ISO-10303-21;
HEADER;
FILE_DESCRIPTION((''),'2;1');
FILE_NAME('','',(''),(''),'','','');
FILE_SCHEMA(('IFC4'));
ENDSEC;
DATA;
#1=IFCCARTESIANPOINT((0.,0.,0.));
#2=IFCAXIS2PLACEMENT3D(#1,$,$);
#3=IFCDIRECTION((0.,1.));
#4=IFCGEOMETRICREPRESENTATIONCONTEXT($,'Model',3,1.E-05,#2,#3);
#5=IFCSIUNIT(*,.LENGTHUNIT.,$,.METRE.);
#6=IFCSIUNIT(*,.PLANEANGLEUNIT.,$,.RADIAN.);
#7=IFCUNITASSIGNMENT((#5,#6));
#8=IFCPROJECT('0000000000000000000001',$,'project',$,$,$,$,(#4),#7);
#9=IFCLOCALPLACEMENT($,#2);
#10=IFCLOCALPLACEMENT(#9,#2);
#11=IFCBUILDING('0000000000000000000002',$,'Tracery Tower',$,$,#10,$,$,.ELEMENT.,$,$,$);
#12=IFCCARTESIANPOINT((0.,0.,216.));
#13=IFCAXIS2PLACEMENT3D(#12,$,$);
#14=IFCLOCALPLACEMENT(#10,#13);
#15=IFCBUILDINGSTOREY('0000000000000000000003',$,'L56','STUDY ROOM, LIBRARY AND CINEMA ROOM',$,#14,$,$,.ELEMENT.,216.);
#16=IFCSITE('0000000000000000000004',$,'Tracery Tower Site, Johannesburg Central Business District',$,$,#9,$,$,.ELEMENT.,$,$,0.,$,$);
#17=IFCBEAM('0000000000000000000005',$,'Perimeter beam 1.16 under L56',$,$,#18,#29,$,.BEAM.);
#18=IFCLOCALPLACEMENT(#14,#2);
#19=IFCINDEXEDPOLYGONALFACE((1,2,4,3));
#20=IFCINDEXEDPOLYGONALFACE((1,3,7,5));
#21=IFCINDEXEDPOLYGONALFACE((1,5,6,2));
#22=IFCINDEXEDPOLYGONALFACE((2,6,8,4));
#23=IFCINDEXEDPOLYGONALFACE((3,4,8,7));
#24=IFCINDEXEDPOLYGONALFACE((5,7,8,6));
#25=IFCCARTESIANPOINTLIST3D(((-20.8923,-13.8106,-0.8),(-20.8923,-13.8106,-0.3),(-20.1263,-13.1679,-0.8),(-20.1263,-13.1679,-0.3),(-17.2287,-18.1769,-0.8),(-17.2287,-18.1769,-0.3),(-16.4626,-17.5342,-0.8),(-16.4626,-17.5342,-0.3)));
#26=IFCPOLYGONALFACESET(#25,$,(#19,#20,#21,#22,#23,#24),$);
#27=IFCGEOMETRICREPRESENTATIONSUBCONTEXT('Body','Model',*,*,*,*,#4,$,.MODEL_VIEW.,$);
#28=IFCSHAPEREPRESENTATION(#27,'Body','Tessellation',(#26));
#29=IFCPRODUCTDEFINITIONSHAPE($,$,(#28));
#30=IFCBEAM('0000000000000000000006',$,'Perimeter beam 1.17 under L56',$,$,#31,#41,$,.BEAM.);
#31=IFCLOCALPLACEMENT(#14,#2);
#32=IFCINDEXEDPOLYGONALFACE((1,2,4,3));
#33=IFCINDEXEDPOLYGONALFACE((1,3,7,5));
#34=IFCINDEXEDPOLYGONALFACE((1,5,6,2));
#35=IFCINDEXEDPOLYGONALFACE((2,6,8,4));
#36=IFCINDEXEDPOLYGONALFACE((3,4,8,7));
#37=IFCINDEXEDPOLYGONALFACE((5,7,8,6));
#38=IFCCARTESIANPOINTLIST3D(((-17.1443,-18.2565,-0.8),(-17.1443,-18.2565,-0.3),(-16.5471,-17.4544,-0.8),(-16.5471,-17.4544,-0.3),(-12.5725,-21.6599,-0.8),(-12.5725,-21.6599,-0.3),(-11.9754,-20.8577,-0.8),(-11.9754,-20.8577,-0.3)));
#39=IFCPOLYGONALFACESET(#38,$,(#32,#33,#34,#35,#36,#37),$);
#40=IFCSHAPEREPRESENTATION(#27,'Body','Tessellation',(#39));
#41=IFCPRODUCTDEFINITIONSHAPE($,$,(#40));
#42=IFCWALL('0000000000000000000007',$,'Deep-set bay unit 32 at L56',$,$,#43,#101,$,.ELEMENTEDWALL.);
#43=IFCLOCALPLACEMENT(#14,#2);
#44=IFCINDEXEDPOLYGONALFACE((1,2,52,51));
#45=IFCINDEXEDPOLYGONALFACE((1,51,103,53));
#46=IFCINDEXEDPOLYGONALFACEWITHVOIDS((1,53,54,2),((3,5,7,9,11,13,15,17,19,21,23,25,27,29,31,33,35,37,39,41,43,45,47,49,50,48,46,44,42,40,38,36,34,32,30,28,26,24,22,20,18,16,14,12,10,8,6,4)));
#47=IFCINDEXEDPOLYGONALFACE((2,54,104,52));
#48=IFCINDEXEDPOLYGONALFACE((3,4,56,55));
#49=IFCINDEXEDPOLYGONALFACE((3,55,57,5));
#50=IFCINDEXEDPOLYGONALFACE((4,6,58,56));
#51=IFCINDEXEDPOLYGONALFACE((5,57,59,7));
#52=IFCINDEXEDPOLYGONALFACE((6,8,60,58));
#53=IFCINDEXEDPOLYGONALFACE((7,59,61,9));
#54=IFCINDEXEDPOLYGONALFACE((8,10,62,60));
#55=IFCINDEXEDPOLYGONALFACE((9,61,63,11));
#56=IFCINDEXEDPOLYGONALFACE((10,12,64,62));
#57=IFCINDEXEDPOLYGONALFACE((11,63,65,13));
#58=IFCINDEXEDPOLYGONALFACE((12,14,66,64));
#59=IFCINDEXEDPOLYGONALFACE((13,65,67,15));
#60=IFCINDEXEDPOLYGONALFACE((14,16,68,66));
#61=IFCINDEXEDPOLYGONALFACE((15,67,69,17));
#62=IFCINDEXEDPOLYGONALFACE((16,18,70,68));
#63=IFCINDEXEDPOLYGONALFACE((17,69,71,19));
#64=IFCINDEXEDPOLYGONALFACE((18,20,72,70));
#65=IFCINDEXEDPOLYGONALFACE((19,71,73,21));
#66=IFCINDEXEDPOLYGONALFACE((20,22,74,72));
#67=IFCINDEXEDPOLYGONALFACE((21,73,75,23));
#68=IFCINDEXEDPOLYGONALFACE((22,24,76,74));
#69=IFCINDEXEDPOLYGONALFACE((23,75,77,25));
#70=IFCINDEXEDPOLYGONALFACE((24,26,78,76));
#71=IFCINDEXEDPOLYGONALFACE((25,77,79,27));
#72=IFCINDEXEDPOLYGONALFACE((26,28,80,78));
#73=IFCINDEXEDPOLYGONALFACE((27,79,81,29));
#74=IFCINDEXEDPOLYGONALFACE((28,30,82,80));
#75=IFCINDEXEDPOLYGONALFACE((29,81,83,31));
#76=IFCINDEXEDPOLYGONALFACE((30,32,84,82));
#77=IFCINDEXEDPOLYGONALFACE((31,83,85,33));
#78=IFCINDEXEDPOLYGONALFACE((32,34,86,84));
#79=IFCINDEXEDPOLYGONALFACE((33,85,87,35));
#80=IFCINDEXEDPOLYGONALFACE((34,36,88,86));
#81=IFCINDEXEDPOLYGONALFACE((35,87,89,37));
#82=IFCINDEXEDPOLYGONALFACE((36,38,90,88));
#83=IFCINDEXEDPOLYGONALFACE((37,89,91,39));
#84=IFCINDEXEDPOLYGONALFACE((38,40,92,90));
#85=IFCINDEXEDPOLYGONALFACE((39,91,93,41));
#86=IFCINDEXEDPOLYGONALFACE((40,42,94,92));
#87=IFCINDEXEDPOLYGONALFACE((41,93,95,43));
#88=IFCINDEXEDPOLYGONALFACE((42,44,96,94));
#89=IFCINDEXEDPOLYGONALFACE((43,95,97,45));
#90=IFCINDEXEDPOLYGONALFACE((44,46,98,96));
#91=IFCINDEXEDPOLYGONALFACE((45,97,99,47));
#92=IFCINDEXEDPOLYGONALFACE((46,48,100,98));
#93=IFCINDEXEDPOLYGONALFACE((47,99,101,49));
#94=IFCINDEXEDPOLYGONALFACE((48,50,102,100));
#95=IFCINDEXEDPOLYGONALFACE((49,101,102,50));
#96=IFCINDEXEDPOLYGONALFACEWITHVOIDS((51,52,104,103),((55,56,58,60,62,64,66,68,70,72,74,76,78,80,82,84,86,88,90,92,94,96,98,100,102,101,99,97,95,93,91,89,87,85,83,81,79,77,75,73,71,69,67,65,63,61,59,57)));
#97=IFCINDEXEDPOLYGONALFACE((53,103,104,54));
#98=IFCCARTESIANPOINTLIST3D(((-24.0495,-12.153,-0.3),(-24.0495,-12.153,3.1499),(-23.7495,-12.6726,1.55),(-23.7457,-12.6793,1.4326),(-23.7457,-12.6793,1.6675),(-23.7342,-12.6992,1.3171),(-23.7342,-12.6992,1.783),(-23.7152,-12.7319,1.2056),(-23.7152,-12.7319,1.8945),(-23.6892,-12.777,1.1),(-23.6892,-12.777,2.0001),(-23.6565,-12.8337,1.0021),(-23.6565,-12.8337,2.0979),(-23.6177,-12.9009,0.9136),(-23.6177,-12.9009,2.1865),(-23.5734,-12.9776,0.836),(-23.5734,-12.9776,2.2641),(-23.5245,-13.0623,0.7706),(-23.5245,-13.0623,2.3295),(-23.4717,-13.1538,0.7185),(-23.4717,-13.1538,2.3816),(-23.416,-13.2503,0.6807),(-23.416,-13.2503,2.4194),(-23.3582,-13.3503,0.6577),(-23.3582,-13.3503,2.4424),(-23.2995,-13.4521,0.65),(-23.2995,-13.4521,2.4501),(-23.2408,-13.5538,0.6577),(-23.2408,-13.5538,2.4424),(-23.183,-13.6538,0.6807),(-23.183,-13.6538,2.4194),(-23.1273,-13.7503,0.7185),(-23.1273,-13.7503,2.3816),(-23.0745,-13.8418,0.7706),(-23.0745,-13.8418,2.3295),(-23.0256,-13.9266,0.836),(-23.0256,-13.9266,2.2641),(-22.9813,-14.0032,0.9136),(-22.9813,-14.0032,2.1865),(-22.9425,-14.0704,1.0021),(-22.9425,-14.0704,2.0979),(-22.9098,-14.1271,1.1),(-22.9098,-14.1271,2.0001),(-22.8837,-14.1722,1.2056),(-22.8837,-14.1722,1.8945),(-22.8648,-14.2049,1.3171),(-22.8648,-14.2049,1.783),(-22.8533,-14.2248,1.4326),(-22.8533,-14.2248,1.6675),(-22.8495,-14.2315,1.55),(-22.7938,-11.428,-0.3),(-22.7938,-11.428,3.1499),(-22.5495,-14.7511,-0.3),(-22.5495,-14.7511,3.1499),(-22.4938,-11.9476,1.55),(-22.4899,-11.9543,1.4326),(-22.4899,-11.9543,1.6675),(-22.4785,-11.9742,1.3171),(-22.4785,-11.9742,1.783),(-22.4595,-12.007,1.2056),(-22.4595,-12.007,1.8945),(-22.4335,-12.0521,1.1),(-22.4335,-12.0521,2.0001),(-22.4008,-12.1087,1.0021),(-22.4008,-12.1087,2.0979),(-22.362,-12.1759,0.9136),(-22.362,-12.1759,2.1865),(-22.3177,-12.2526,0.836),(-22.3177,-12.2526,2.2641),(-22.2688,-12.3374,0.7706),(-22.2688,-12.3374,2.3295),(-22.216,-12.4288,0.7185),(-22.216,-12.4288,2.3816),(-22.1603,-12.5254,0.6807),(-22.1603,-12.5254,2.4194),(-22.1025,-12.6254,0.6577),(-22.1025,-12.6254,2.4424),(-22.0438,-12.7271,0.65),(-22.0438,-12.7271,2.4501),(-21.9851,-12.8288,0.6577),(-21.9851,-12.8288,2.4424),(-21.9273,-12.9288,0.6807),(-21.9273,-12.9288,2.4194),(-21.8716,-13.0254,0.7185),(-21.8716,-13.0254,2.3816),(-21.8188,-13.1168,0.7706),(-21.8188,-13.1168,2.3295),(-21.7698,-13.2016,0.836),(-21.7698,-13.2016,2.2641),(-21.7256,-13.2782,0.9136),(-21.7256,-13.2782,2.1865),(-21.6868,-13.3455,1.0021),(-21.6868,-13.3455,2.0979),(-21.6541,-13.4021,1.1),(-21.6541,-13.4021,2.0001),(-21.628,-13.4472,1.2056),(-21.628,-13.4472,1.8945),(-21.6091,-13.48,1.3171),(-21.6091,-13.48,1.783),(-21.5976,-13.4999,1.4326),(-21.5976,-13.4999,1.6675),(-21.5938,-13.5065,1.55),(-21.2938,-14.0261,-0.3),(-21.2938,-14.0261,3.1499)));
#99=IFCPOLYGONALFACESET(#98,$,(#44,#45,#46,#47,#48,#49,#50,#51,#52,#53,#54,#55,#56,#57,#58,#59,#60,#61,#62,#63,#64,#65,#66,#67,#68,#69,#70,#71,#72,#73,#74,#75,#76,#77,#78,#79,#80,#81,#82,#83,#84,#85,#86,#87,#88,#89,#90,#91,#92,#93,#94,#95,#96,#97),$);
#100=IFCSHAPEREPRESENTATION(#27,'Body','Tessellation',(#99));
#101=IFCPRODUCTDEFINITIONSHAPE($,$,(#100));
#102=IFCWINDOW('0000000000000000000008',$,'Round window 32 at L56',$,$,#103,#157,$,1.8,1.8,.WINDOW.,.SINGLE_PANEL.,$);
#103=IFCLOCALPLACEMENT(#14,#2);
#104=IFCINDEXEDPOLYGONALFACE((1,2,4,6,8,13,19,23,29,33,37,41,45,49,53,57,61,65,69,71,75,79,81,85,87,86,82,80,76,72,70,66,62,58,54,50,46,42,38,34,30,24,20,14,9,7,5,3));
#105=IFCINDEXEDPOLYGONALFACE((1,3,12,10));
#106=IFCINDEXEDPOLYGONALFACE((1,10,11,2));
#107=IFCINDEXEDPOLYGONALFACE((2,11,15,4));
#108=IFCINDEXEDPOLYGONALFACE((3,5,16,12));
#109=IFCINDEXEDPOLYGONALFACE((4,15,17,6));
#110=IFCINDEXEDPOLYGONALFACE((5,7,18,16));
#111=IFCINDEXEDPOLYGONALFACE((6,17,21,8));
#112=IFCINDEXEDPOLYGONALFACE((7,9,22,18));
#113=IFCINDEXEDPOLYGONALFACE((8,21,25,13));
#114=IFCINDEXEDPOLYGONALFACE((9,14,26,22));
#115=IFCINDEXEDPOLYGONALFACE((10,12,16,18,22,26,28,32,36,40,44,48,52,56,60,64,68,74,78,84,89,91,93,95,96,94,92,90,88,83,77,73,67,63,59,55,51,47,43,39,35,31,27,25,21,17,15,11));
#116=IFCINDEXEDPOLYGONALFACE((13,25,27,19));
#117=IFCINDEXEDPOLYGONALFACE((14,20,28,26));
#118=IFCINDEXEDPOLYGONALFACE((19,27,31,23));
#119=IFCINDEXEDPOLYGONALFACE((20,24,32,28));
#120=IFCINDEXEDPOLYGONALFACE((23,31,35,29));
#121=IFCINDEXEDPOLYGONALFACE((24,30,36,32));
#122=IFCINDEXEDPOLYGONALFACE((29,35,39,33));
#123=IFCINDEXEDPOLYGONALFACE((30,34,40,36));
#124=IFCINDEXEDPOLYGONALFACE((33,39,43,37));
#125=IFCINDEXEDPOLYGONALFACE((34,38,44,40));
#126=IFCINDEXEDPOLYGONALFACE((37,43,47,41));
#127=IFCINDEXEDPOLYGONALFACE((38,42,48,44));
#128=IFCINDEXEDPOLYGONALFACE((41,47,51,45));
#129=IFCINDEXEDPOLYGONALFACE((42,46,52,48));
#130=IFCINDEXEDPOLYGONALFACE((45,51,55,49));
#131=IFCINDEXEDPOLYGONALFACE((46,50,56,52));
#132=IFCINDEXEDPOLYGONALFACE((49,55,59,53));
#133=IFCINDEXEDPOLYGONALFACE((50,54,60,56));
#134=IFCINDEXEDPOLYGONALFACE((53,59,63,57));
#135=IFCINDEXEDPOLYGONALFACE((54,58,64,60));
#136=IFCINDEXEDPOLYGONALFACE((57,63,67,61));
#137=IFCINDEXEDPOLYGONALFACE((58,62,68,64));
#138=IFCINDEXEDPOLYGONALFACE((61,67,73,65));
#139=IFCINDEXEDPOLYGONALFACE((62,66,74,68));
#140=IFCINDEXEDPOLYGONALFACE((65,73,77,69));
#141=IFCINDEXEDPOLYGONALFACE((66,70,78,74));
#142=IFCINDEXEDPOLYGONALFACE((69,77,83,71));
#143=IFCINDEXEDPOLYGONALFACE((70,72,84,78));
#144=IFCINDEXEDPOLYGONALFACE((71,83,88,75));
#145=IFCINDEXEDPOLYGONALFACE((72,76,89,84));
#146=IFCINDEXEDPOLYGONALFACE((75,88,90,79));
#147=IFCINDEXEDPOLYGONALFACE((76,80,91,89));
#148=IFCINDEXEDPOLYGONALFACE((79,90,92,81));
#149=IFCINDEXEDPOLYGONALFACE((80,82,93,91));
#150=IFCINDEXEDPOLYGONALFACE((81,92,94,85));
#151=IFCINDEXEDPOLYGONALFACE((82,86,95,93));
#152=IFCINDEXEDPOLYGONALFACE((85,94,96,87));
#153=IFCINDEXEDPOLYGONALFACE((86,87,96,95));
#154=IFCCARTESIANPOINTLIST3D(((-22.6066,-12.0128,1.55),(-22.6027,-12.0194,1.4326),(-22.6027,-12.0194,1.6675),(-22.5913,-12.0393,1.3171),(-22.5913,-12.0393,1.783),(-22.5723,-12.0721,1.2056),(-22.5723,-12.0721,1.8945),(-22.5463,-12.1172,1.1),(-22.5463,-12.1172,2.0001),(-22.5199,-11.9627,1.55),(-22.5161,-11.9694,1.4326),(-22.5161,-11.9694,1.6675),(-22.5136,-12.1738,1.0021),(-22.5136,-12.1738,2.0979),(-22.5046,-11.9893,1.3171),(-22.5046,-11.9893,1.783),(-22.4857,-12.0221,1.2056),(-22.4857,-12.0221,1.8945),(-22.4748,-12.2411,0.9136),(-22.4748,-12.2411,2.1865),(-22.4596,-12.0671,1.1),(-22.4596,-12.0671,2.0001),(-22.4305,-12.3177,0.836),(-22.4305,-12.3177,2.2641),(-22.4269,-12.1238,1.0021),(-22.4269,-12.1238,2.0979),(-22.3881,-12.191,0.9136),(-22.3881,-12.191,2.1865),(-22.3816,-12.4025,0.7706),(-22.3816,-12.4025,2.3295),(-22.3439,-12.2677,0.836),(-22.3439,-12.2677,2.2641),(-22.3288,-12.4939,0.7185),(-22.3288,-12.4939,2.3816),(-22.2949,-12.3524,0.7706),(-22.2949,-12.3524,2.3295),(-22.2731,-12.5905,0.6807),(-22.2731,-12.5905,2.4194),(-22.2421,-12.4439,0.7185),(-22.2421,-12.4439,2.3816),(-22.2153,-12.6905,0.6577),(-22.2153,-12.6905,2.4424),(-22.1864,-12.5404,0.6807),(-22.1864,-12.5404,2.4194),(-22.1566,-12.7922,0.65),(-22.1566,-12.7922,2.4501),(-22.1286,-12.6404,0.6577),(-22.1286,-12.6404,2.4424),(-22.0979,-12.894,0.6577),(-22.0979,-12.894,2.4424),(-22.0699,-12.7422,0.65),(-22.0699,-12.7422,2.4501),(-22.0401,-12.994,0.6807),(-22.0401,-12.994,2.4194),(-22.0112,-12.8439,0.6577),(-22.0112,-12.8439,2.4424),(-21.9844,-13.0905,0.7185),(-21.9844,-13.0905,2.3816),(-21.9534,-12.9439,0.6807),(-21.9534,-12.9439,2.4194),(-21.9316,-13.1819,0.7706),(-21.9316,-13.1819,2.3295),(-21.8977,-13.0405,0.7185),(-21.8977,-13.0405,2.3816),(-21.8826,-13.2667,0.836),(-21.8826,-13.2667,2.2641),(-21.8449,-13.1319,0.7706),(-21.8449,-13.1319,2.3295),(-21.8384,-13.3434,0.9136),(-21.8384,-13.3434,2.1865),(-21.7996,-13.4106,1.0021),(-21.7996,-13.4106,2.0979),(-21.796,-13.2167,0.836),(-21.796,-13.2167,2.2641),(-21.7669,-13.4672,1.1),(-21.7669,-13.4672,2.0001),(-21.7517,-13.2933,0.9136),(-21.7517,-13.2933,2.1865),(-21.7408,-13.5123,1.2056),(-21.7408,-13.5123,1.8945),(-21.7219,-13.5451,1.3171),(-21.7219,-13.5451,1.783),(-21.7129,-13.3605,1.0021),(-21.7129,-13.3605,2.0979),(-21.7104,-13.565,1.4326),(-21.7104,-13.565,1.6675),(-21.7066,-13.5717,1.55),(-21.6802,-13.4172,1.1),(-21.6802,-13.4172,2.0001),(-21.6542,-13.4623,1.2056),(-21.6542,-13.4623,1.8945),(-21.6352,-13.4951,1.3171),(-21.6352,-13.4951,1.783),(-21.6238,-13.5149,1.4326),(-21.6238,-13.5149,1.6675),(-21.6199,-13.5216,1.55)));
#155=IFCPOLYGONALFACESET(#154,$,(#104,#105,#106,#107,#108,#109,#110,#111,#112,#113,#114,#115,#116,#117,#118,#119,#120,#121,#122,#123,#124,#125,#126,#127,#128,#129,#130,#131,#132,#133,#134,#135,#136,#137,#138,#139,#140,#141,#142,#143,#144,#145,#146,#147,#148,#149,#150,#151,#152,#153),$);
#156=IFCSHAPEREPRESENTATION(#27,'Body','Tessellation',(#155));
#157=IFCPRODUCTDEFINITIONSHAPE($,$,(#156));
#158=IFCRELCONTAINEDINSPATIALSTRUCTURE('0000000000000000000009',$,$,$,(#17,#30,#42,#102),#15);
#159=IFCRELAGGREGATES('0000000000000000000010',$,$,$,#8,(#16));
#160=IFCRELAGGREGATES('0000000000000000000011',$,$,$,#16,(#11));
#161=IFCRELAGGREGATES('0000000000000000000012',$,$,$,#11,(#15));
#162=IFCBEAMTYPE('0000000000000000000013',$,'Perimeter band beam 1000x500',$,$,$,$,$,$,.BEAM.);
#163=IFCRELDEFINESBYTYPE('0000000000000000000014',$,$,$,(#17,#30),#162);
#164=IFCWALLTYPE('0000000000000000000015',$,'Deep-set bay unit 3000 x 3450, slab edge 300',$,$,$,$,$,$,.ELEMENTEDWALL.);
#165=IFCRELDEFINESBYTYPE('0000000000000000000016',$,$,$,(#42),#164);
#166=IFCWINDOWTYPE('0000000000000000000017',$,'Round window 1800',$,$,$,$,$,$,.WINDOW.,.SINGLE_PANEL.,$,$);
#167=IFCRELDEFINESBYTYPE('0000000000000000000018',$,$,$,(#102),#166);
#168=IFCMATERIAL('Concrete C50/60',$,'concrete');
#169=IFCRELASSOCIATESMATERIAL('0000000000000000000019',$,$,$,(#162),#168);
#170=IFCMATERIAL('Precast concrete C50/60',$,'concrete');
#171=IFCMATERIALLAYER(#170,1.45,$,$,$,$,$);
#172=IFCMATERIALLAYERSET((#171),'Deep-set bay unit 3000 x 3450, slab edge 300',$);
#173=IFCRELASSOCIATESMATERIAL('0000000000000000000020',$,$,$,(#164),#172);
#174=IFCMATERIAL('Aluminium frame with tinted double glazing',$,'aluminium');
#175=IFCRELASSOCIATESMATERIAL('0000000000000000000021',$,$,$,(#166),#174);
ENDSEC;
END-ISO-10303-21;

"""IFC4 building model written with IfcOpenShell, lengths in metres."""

from ifc_helpers import new_model, si_unit, direction, frame, frame_2d, origin, origin_2d, place, context, subcontext, project, spatial, rectangle, circle, extrude, material, layer, layer_set, material_profile, profile_set, type_object, element, fill, save


model = new_model("IFC4")

# Units and contexts
model_context = context("Model", 3, precision=1e-05, world=origin(), true_north=direction((0.0, 1.0)))
body_context = subcontext(model_context, "Body", "Model", "MODEL_VIEW")
ifc_project = project(units=[si_unit("LENGTHUNIT", "METRE"), si_unit("PLANEANGLEUNIT", "RADIAN")], contexts=[model_context])

# Site, building, storey
site_placement = place(None, origin())
site = spatial("IfcSite", under=ifc_project, at=site_placement, Name="Tracery Tower Site, Johannesburg Central Business District", CompositionType="ELEMENT", RefElevation=0.0)
building_placement = place(site_placement, origin())
building = spatial("IfcBuilding", under=site, at=building_placement, Name="Tracery Tower", CompositionType="ELEMENT")
storey_placement = place(building_placement, frame((0.0, 0.0, 216.0)))
storey = spatial("IfcBuildingStorey", under=building, at=storey_placement, Name="L56", Description="STUDY ROOM, LIBRARY AND CINEMA ROOM", CompositionType="ELEMENT", Elevation=216.0)

# Beams
ifc_material_1 = material(Name="Concrete C50/60", Category="concrete")
ifc_material_profile_1 = material_profile(ifc_material_1, rectangle(XDim=1.0, YDim=0.5, at=origin_2d()), Name="RC 1000x500")
ifc_profile_set_1 = profile_set([ifc_material_profile_1], Name="Concrete C50/60")
beam_type = type_object("IfcBeamType", Name="Perimeter band beam 1000x500", PredefinedType="BEAM", material=ifc_profile_set_1)
beam_1_placement = place(storey_placement, frame((-20.5093, -13.4893, -0.55), z_axis=(0.642776, -0.766054, 0.0), x_axis=(0.766054, 0.642776, 0.0)))
element("IfcBeam", 1, at=beam_1_placement, inside=storey, type_object=beam_type, Name="Perimeter beam 1.16 under L56", PredefinedType="BEAM", context=body_context, shape_type="SweptSolid", body=[
    extrude(rectangle(XDim=1.0, YDim=0.5, at=origin_2d()), origin(), (0.0, 0.0, 1.0), 5.6997),
])
beam_2_placement = place(storey_placement, frame((-16.8457, -17.8555, -0.55), z_axis=(0.802144, -0.597131, 0.0), x_axis=(0.597131, 0.802144, 0.0)))
element("IfcBeam", 2, at=beam_2_placement, inside=storey, type_object=beam_type, Name="Perimeter beam 1.17 under L56", PredefinedType="BEAM", context=body_context, shape_type="SweptSolid", body=[
    extrude(rectangle(XDim=1.0, YDim=0.5, at=origin_2d()), origin(), (0.0, 0.0, 1.0), 5.6995),
])

# Wall, opening, window
ifc_material_2 = material(Name="Precast concrete C50/60", Category="concrete")
ifc_layer_1 = layer(ifc_material_2, 1.45)
ifc_layer_set_1 = layer_set([ifc_layer_1], Name="Deep-set bay unit 3000 x 3450, slab edge 300")
wall_type_1 = type_object("IfcWallType", Name="Deep-set bay unit 3000 x 3450, slab edge 300", PredefinedType="ELEMENTEDWALL", material=ifc_layer_set_1)
wall_1_placement = place(storey_placement, frame((-23.4216, -11.7905, -0.3), z_axis=(0.0, 0.0, 1.0), x_axis=(0.49999, -0.866031, 0.0)))
wall_1 = element("IfcWall", 3, at=wall_1_placement, inside=storey, type_object=wall_type_1, Name="Deep-set bay unit 32 at L56", PredefinedType="ELEMENTEDWALL", context=body_context, shape_type="SweptSolid", body=[
    extrude(rectangle(XDim=3.0, YDim=1.45, at=frame_2d((1.5, 0.0))), origin(), (0.0, 0.0, 1.0), 3.45),
])
opening_1_placement = place(wall_1_placement, frame((1.5, 0.0, 1.8501)))
opening_1 = element("IfcOpeningElement", 4, at=opening_1_placement, cuts=wall_1, PredefinedType="OPENING", context=body_context, shape_type="SweptSolid", body=[
    extrude(circle(Radius=0.9, at=origin_2d()), frame((0.0, 0.7349, 0.0), z_axis=(0.0, -1.0, 0.0), x_axis=(1.0, 0.0, 0.0)), (0.0, 0.0, 1.0), 1.47),
])
ifc_material_3 = material(Name="Aluminium frame with tinted double glazing", Category="aluminium")
window_type = type_object("IfcWindowType", Name="Round window 1800", PartitioningType="SINGLE_PANEL", PredefinedType="WINDOW", material=ifc_material_3)
window_1_placement = place(opening_1_placement, origin())
window_1 = element("IfcWindow", 5, at=window_1_placement, inside=storey, type_object=window_type, Name="Round window 32 at L56", OverallHeight=1.8, OverallWidth=1.8, PartitioningType="SINGLE_PANEL", PredefinedType="WINDOW", context=body_context, shape_type="SweptSolid", body=[
    extrude(circle(Radius=0.9, at=origin_2d()), frame((0.0, 0.6948, 0.0), z_axis=(0.0, -1.0, 0.0), x_axis=(1.0, 0.0, 0.0)), (0.0, 0.0, 1.0), 0.1001),
])
fill(opening_1, window_1)

save(model, "model.ifc")
